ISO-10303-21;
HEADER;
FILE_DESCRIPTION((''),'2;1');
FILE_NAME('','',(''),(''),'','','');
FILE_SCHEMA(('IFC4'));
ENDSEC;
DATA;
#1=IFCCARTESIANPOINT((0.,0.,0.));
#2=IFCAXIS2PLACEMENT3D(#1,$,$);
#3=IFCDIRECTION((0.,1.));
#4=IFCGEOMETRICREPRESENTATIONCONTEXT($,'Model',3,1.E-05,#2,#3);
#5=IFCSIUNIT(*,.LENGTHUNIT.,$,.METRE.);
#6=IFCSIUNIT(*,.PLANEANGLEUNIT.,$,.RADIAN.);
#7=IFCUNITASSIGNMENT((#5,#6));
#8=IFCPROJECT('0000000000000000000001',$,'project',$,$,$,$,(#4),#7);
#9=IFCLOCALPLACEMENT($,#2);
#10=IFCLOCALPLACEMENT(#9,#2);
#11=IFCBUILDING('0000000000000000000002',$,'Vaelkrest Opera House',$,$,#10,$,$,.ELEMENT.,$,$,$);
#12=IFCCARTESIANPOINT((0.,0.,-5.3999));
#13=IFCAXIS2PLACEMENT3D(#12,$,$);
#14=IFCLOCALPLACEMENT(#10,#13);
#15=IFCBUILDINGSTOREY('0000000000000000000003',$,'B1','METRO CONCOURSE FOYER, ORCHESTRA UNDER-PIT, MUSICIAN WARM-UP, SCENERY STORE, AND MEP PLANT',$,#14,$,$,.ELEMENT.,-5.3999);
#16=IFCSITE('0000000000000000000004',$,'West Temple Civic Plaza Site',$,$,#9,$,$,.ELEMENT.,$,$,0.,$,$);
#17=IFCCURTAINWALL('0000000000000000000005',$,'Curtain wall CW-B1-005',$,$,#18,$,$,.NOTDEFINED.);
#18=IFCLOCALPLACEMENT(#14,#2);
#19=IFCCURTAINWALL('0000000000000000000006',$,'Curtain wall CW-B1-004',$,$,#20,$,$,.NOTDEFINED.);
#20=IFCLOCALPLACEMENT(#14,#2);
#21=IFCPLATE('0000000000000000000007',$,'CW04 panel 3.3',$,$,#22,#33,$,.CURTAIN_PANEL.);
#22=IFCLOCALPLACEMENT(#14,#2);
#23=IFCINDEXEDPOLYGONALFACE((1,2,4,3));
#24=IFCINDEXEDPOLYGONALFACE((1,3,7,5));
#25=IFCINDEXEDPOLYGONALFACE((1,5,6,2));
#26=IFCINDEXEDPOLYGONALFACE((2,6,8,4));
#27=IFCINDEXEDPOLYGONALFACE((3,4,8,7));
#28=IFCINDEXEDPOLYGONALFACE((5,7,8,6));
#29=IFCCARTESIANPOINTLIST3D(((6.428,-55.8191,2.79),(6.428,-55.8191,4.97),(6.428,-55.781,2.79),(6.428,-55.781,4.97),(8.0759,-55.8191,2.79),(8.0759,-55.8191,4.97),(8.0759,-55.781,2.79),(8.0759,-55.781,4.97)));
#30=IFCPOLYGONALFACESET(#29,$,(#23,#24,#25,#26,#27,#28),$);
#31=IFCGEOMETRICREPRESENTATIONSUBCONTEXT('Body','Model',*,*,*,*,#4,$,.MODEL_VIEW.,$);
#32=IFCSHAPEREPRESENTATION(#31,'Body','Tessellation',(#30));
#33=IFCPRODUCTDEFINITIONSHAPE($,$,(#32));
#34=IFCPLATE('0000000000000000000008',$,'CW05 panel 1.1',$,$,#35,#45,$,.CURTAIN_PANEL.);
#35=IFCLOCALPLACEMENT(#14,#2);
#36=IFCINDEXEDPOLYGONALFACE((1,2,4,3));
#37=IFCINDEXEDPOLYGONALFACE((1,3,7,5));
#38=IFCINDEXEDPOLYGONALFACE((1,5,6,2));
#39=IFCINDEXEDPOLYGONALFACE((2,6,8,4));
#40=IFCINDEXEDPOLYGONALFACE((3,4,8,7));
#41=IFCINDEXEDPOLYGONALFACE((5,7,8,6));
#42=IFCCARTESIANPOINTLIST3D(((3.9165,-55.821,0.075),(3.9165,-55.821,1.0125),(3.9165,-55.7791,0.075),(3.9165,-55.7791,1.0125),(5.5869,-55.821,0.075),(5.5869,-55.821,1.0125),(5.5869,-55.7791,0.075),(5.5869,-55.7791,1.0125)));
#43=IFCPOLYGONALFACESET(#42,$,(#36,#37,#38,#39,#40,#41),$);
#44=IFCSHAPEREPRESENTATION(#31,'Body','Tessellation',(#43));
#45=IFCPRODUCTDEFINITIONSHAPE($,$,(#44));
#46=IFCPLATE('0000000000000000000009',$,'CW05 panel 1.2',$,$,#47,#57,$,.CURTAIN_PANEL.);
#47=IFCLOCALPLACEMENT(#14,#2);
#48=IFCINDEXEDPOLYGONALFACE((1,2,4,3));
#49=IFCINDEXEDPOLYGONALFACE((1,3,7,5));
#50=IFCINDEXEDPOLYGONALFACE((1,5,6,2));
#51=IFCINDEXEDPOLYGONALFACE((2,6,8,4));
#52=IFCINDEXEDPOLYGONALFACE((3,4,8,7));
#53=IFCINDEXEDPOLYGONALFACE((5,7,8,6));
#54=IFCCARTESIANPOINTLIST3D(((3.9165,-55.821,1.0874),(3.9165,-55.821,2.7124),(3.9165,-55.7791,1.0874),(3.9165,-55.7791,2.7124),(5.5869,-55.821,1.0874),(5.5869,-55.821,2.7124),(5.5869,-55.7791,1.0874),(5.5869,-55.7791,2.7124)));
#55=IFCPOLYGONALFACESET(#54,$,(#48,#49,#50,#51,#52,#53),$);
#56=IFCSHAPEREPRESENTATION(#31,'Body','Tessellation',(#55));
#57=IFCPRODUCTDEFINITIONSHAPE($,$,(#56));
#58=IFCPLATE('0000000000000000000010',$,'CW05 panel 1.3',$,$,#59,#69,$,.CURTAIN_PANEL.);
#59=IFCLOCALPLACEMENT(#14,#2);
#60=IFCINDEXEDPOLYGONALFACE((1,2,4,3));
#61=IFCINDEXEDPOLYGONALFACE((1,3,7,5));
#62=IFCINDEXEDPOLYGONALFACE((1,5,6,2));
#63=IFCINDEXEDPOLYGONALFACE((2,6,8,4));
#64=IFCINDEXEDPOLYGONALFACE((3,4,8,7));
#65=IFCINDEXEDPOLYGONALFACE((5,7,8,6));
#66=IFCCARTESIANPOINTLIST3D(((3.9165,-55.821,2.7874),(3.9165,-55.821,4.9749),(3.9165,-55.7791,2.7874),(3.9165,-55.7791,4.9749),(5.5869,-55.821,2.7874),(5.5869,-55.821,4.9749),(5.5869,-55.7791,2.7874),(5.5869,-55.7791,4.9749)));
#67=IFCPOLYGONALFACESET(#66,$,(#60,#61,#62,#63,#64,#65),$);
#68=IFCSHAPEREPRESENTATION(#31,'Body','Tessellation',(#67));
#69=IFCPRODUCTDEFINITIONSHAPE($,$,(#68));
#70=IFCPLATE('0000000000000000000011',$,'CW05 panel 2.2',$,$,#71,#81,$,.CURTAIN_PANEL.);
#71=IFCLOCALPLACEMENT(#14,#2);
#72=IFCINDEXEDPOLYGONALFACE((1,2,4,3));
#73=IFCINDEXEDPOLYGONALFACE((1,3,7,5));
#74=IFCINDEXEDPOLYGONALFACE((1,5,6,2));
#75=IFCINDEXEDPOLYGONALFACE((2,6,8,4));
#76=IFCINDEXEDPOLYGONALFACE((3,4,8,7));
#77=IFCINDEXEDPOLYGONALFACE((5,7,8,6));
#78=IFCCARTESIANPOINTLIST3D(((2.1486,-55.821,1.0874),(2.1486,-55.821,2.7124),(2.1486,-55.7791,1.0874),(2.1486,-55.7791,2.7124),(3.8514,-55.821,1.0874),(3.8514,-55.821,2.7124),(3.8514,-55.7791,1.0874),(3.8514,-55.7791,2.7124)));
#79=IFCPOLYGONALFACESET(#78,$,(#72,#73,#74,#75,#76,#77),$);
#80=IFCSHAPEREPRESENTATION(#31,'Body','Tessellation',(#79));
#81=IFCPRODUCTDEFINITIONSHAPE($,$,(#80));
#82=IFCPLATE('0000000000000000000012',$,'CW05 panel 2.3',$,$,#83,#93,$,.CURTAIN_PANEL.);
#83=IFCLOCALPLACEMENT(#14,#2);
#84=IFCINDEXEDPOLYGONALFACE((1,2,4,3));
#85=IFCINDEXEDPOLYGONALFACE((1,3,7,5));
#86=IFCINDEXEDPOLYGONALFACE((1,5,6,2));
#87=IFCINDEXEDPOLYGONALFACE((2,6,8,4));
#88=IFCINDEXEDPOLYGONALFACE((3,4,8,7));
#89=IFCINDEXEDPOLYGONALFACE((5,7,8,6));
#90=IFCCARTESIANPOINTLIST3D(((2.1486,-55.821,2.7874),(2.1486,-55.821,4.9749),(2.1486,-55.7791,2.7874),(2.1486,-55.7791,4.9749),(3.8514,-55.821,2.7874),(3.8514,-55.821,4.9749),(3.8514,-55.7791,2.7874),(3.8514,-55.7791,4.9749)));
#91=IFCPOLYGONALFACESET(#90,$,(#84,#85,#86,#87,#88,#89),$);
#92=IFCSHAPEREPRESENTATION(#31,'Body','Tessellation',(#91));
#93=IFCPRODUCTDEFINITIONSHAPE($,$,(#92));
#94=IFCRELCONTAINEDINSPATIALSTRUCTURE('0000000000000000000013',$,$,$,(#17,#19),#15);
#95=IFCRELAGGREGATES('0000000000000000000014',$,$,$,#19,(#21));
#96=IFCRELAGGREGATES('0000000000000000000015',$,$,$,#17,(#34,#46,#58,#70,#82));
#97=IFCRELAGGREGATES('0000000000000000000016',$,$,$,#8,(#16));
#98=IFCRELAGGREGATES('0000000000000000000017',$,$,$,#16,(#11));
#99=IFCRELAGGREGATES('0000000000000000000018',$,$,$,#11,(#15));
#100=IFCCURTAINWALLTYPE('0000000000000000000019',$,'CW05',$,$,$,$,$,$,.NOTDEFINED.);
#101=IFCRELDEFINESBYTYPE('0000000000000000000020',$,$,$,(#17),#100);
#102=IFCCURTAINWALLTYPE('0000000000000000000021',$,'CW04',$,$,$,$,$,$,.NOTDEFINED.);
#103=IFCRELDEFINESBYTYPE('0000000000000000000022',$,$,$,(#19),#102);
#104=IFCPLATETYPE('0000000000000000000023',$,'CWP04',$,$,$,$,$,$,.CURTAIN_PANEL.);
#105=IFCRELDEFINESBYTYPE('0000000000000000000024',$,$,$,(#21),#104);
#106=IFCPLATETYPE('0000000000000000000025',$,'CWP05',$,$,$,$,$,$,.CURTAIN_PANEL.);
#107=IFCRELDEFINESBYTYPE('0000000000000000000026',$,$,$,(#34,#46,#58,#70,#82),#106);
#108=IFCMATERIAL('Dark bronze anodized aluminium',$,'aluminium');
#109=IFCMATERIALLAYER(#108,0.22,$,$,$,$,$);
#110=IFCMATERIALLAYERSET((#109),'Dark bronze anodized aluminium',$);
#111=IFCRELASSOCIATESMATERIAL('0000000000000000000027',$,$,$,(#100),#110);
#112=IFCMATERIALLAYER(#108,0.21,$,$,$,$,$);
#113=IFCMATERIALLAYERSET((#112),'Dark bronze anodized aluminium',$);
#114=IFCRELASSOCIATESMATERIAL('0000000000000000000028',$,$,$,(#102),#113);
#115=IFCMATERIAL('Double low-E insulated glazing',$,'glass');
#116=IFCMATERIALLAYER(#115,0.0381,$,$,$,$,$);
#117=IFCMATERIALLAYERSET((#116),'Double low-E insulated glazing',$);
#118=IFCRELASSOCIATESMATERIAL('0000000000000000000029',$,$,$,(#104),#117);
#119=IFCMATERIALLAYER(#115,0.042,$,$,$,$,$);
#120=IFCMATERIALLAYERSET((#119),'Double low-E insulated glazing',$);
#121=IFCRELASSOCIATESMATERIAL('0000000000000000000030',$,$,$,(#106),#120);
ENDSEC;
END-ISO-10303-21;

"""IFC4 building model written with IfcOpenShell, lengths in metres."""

from ifc_helpers import new_model, si_unit, direction, frame, origin, origin_2d, place, context, subcontext, project, spatial, rectangle, extrude, material, layer, layer_set, type_object, element, aggregate, save


model = new_model("IFC4")

# Units and contexts
model_context = context("Model", 3, precision=1e-05, world=origin(), true_north=direction((0.0, 1.0)))
body_context = subcontext(model_context, "Body", "Model", "MODEL_VIEW")
ifc_project = project(units=[si_unit("LENGTHUNIT", "METRE"), si_unit("PLANEANGLEUNIT", "RADIAN")], contexts=[model_context])

# Site, building, storey
site_placement = place(None, origin())
site = spatial("IfcSite", under=ifc_project, at=site_placement, Name="West Temple Civic Plaza Site", CompositionType="ELEMENT", RefElevation=0.0)
building_placement = place(site_placement, origin())
building = spatial("IfcBuilding", under=site, at=building_placement, Name="Vaelkrest Opera House", CompositionType="ELEMENT")
storey_placement = place(building_placement, frame((0.0, 0.0, -5.3999)))
storey = spatial("IfcBuildingStorey", under=building, at=storey_placement, Name="B1", Description="METRO CONCOURSE FOYER, ORCHESTRA UNDER-PIT, MUSICIAN WARM-UP, SCENERY STORE, AND MEP PLANT", CompositionType="ELEMENT", Elevation=-5.3999)

# Curtain wall
ifc_material_1 = material(Name="Dark bronze anodized aluminium", Category="aluminium")
ifc_layer_1 = layer(ifc_material_1, 0.22)
ifc_layer_set_1 = layer_set([ifc_layer_1], Name="Dark bronze anodized aluminium")
curtain_wall_type_1 = type_object("IfcCurtainWallType", Name="CW05", PredefinedType="NOTDEFINED", material=ifc_layer_set_1)
curtain_wall_1_placement = place(storey_placement, origin())
curtain_wall_1 = element("IfcCurtainWall", 1, at=curtain_wall_1_placement, inside=storey, type_object=curtain_wall_type_1, Name="Curtain wall CW-B1-005", PredefinedType="NOTDEFINED")

# Curtain wall
ifc_layer_2 = layer(ifc_material_1, 0.21)
ifc_layer_set_2 = layer_set([ifc_layer_2], Name="Dark bronze anodized aluminium")
curtain_wall_type_2 = type_object("IfcCurtainWallType", Name="CW04", PredefinedType="NOTDEFINED", material=ifc_layer_set_2)
curtain_wall_2_placement = place(storey_placement, origin())
curtain_wall_2 = element("IfcCurtainWall", 2, at=curtain_wall_2_placement, inside=storey, type_object=curtain_wall_type_2, Name="Curtain wall CW-B1-004", PredefinedType="NOTDEFINED")

# Plates
ifc_material_2 = material(Name="Double low-E insulated glazing", Category="glass")
ifc_layer_3 = layer(ifc_material_2, 0.0381)
ifc_layer_set_3 = layer_set([ifc_layer_3], Name="Double low-E insulated glazing")
plate_type_1 = type_object("IfcPlateType", Name="CWP04", PredefinedType="CURTAIN_PANEL", material=ifc_layer_set_3)
plate_1_placement = place(storey_placement, frame((7.252, -55.8, 2.79), z_axis=(0.0, 0.0, 1.0), x_axis=(-1.0, 0.0, 0.0)))
plate_1 = element("IfcPlate", 3, at=plate_1_placement, type_object=plate_type_1, Name="CW04 panel 3.3", PredefinedType="CURTAIN_PANEL", context=body_context, shape_type="SweptSolid", body=[
    extrude(rectangle(XDim=1.6479, YDim=0.0381, at=origin_2d()), origin(), (0.0, 0.0, 1.0), 2.1799),
])
aggregate(curtain_wall_2, [plate_1])
ifc_layer_4 = layer(ifc_material_2, 0.042)
ifc_layer_set_4 = layer_set([ifc_layer_4], Name="Double low-E insulated glazing")
plate_type_2 = type_object("IfcPlateType", Name="CWP05", PredefinedType="CURTAIN_PANEL", material=ifc_layer_set_4)
plate_2_placement = place(storey_placement, frame((4.7517, -55.8, 0.075), z_axis=(0.0, 0.0, 1.0), x_axis=(-1.0, 0.0, 0.0)))
plate_2 = element("IfcPlate", 4, at=plate_2_placement, type_object=plate_type_2, Name="CW05 panel 1.1", PredefinedType="CURTAIN_PANEL", context=body_context, shape_type="SweptSolid", body=[
    extrude(rectangle(XDim=1.6704, YDim=0.042, at=origin_2d()), origin(), (0.0, 0.0, 1.0), 0.9375),
])
plate_3_placement = place(storey_placement, frame((4.7517, -55.8, 1.0874), z_axis=(0.0, 0.0, 1.0), x_axis=(-1.0, 0.0, 0.0)))
plate_3 = element("IfcPlate", 5, at=plate_3_placement, type_object=plate_type_2, Name="CW05 panel 1.2", PredefinedType="CURTAIN_PANEL", context=body_context, shape_type="SweptSolid", body=[
    extrude(rectangle(XDim=1.6704, YDim=0.042, at=origin_2d()), origin(), (0.0, 0.0, 1.0), 1.625),
])
plate_4_placement = place(storey_placement, frame((4.7517, -55.8, 2.7874), z_axis=(0.0, 0.0, 1.0), x_axis=(-1.0, 0.0, 0.0)))
plate_4 = element("IfcPlate", 6, at=plate_4_placement, type_object=plate_type_2, Name="CW05 panel 1.3", PredefinedType="CURTAIN_PANEL", context=body_context, shape_type="SweptSolid", body=[
    extrude(rectangle(XDim=1.6704, YDim=0.042, at=origin_2d()), origin(), (0.0, 0.0, 1.0), 2.1875),
])
plate_5_placement = place(storey_placement, frame((3.0, -55.8, 1.0874), z_axis=(0.0, 0.0, 1.0), x_axis=(-1.0, 0.0, 0.0)))
plate_5 = element("IfcPlate", 7, at=plate_5_placement, type_object=plate_type_2, Name="CW05 panel 2.2", PredefinedType="CURTAIN_PANEL", context=body_context, shape_type="SweptSolid", body=[
    extrude(rectangle(XDim=1.7029, YDim=0.042, at=origin_2d()), origin(), (0.0, 0.0, 1.0), 1.625),
])
plate_6_placement = place(storey_placement, frame((3.0, -55.8, 2.7874), z_axis=(0.0, 0.0, 1.0), x_axis=(-1.0, 0.0, 0.0)))
plate_6 = element("IfcPlate", 8, at=plate_6_placement, type_object=plate_type_2, Name="CW05 panel 2.3", PredefinedType="CURTAIN_PANEL", context=body_context, shape_type="SweptSolid", body=[
    extrude(rectangle(XDim=1.7029, YDim=0.042, at=origin_2d()), origin(), (0.0, 0.0, 1.0), 2.1875),
])
aggregate(curtain_wall_1, [plate_2, plate_3, plate_4, plate_5, plate_6])

save(model, "model.ifc")
